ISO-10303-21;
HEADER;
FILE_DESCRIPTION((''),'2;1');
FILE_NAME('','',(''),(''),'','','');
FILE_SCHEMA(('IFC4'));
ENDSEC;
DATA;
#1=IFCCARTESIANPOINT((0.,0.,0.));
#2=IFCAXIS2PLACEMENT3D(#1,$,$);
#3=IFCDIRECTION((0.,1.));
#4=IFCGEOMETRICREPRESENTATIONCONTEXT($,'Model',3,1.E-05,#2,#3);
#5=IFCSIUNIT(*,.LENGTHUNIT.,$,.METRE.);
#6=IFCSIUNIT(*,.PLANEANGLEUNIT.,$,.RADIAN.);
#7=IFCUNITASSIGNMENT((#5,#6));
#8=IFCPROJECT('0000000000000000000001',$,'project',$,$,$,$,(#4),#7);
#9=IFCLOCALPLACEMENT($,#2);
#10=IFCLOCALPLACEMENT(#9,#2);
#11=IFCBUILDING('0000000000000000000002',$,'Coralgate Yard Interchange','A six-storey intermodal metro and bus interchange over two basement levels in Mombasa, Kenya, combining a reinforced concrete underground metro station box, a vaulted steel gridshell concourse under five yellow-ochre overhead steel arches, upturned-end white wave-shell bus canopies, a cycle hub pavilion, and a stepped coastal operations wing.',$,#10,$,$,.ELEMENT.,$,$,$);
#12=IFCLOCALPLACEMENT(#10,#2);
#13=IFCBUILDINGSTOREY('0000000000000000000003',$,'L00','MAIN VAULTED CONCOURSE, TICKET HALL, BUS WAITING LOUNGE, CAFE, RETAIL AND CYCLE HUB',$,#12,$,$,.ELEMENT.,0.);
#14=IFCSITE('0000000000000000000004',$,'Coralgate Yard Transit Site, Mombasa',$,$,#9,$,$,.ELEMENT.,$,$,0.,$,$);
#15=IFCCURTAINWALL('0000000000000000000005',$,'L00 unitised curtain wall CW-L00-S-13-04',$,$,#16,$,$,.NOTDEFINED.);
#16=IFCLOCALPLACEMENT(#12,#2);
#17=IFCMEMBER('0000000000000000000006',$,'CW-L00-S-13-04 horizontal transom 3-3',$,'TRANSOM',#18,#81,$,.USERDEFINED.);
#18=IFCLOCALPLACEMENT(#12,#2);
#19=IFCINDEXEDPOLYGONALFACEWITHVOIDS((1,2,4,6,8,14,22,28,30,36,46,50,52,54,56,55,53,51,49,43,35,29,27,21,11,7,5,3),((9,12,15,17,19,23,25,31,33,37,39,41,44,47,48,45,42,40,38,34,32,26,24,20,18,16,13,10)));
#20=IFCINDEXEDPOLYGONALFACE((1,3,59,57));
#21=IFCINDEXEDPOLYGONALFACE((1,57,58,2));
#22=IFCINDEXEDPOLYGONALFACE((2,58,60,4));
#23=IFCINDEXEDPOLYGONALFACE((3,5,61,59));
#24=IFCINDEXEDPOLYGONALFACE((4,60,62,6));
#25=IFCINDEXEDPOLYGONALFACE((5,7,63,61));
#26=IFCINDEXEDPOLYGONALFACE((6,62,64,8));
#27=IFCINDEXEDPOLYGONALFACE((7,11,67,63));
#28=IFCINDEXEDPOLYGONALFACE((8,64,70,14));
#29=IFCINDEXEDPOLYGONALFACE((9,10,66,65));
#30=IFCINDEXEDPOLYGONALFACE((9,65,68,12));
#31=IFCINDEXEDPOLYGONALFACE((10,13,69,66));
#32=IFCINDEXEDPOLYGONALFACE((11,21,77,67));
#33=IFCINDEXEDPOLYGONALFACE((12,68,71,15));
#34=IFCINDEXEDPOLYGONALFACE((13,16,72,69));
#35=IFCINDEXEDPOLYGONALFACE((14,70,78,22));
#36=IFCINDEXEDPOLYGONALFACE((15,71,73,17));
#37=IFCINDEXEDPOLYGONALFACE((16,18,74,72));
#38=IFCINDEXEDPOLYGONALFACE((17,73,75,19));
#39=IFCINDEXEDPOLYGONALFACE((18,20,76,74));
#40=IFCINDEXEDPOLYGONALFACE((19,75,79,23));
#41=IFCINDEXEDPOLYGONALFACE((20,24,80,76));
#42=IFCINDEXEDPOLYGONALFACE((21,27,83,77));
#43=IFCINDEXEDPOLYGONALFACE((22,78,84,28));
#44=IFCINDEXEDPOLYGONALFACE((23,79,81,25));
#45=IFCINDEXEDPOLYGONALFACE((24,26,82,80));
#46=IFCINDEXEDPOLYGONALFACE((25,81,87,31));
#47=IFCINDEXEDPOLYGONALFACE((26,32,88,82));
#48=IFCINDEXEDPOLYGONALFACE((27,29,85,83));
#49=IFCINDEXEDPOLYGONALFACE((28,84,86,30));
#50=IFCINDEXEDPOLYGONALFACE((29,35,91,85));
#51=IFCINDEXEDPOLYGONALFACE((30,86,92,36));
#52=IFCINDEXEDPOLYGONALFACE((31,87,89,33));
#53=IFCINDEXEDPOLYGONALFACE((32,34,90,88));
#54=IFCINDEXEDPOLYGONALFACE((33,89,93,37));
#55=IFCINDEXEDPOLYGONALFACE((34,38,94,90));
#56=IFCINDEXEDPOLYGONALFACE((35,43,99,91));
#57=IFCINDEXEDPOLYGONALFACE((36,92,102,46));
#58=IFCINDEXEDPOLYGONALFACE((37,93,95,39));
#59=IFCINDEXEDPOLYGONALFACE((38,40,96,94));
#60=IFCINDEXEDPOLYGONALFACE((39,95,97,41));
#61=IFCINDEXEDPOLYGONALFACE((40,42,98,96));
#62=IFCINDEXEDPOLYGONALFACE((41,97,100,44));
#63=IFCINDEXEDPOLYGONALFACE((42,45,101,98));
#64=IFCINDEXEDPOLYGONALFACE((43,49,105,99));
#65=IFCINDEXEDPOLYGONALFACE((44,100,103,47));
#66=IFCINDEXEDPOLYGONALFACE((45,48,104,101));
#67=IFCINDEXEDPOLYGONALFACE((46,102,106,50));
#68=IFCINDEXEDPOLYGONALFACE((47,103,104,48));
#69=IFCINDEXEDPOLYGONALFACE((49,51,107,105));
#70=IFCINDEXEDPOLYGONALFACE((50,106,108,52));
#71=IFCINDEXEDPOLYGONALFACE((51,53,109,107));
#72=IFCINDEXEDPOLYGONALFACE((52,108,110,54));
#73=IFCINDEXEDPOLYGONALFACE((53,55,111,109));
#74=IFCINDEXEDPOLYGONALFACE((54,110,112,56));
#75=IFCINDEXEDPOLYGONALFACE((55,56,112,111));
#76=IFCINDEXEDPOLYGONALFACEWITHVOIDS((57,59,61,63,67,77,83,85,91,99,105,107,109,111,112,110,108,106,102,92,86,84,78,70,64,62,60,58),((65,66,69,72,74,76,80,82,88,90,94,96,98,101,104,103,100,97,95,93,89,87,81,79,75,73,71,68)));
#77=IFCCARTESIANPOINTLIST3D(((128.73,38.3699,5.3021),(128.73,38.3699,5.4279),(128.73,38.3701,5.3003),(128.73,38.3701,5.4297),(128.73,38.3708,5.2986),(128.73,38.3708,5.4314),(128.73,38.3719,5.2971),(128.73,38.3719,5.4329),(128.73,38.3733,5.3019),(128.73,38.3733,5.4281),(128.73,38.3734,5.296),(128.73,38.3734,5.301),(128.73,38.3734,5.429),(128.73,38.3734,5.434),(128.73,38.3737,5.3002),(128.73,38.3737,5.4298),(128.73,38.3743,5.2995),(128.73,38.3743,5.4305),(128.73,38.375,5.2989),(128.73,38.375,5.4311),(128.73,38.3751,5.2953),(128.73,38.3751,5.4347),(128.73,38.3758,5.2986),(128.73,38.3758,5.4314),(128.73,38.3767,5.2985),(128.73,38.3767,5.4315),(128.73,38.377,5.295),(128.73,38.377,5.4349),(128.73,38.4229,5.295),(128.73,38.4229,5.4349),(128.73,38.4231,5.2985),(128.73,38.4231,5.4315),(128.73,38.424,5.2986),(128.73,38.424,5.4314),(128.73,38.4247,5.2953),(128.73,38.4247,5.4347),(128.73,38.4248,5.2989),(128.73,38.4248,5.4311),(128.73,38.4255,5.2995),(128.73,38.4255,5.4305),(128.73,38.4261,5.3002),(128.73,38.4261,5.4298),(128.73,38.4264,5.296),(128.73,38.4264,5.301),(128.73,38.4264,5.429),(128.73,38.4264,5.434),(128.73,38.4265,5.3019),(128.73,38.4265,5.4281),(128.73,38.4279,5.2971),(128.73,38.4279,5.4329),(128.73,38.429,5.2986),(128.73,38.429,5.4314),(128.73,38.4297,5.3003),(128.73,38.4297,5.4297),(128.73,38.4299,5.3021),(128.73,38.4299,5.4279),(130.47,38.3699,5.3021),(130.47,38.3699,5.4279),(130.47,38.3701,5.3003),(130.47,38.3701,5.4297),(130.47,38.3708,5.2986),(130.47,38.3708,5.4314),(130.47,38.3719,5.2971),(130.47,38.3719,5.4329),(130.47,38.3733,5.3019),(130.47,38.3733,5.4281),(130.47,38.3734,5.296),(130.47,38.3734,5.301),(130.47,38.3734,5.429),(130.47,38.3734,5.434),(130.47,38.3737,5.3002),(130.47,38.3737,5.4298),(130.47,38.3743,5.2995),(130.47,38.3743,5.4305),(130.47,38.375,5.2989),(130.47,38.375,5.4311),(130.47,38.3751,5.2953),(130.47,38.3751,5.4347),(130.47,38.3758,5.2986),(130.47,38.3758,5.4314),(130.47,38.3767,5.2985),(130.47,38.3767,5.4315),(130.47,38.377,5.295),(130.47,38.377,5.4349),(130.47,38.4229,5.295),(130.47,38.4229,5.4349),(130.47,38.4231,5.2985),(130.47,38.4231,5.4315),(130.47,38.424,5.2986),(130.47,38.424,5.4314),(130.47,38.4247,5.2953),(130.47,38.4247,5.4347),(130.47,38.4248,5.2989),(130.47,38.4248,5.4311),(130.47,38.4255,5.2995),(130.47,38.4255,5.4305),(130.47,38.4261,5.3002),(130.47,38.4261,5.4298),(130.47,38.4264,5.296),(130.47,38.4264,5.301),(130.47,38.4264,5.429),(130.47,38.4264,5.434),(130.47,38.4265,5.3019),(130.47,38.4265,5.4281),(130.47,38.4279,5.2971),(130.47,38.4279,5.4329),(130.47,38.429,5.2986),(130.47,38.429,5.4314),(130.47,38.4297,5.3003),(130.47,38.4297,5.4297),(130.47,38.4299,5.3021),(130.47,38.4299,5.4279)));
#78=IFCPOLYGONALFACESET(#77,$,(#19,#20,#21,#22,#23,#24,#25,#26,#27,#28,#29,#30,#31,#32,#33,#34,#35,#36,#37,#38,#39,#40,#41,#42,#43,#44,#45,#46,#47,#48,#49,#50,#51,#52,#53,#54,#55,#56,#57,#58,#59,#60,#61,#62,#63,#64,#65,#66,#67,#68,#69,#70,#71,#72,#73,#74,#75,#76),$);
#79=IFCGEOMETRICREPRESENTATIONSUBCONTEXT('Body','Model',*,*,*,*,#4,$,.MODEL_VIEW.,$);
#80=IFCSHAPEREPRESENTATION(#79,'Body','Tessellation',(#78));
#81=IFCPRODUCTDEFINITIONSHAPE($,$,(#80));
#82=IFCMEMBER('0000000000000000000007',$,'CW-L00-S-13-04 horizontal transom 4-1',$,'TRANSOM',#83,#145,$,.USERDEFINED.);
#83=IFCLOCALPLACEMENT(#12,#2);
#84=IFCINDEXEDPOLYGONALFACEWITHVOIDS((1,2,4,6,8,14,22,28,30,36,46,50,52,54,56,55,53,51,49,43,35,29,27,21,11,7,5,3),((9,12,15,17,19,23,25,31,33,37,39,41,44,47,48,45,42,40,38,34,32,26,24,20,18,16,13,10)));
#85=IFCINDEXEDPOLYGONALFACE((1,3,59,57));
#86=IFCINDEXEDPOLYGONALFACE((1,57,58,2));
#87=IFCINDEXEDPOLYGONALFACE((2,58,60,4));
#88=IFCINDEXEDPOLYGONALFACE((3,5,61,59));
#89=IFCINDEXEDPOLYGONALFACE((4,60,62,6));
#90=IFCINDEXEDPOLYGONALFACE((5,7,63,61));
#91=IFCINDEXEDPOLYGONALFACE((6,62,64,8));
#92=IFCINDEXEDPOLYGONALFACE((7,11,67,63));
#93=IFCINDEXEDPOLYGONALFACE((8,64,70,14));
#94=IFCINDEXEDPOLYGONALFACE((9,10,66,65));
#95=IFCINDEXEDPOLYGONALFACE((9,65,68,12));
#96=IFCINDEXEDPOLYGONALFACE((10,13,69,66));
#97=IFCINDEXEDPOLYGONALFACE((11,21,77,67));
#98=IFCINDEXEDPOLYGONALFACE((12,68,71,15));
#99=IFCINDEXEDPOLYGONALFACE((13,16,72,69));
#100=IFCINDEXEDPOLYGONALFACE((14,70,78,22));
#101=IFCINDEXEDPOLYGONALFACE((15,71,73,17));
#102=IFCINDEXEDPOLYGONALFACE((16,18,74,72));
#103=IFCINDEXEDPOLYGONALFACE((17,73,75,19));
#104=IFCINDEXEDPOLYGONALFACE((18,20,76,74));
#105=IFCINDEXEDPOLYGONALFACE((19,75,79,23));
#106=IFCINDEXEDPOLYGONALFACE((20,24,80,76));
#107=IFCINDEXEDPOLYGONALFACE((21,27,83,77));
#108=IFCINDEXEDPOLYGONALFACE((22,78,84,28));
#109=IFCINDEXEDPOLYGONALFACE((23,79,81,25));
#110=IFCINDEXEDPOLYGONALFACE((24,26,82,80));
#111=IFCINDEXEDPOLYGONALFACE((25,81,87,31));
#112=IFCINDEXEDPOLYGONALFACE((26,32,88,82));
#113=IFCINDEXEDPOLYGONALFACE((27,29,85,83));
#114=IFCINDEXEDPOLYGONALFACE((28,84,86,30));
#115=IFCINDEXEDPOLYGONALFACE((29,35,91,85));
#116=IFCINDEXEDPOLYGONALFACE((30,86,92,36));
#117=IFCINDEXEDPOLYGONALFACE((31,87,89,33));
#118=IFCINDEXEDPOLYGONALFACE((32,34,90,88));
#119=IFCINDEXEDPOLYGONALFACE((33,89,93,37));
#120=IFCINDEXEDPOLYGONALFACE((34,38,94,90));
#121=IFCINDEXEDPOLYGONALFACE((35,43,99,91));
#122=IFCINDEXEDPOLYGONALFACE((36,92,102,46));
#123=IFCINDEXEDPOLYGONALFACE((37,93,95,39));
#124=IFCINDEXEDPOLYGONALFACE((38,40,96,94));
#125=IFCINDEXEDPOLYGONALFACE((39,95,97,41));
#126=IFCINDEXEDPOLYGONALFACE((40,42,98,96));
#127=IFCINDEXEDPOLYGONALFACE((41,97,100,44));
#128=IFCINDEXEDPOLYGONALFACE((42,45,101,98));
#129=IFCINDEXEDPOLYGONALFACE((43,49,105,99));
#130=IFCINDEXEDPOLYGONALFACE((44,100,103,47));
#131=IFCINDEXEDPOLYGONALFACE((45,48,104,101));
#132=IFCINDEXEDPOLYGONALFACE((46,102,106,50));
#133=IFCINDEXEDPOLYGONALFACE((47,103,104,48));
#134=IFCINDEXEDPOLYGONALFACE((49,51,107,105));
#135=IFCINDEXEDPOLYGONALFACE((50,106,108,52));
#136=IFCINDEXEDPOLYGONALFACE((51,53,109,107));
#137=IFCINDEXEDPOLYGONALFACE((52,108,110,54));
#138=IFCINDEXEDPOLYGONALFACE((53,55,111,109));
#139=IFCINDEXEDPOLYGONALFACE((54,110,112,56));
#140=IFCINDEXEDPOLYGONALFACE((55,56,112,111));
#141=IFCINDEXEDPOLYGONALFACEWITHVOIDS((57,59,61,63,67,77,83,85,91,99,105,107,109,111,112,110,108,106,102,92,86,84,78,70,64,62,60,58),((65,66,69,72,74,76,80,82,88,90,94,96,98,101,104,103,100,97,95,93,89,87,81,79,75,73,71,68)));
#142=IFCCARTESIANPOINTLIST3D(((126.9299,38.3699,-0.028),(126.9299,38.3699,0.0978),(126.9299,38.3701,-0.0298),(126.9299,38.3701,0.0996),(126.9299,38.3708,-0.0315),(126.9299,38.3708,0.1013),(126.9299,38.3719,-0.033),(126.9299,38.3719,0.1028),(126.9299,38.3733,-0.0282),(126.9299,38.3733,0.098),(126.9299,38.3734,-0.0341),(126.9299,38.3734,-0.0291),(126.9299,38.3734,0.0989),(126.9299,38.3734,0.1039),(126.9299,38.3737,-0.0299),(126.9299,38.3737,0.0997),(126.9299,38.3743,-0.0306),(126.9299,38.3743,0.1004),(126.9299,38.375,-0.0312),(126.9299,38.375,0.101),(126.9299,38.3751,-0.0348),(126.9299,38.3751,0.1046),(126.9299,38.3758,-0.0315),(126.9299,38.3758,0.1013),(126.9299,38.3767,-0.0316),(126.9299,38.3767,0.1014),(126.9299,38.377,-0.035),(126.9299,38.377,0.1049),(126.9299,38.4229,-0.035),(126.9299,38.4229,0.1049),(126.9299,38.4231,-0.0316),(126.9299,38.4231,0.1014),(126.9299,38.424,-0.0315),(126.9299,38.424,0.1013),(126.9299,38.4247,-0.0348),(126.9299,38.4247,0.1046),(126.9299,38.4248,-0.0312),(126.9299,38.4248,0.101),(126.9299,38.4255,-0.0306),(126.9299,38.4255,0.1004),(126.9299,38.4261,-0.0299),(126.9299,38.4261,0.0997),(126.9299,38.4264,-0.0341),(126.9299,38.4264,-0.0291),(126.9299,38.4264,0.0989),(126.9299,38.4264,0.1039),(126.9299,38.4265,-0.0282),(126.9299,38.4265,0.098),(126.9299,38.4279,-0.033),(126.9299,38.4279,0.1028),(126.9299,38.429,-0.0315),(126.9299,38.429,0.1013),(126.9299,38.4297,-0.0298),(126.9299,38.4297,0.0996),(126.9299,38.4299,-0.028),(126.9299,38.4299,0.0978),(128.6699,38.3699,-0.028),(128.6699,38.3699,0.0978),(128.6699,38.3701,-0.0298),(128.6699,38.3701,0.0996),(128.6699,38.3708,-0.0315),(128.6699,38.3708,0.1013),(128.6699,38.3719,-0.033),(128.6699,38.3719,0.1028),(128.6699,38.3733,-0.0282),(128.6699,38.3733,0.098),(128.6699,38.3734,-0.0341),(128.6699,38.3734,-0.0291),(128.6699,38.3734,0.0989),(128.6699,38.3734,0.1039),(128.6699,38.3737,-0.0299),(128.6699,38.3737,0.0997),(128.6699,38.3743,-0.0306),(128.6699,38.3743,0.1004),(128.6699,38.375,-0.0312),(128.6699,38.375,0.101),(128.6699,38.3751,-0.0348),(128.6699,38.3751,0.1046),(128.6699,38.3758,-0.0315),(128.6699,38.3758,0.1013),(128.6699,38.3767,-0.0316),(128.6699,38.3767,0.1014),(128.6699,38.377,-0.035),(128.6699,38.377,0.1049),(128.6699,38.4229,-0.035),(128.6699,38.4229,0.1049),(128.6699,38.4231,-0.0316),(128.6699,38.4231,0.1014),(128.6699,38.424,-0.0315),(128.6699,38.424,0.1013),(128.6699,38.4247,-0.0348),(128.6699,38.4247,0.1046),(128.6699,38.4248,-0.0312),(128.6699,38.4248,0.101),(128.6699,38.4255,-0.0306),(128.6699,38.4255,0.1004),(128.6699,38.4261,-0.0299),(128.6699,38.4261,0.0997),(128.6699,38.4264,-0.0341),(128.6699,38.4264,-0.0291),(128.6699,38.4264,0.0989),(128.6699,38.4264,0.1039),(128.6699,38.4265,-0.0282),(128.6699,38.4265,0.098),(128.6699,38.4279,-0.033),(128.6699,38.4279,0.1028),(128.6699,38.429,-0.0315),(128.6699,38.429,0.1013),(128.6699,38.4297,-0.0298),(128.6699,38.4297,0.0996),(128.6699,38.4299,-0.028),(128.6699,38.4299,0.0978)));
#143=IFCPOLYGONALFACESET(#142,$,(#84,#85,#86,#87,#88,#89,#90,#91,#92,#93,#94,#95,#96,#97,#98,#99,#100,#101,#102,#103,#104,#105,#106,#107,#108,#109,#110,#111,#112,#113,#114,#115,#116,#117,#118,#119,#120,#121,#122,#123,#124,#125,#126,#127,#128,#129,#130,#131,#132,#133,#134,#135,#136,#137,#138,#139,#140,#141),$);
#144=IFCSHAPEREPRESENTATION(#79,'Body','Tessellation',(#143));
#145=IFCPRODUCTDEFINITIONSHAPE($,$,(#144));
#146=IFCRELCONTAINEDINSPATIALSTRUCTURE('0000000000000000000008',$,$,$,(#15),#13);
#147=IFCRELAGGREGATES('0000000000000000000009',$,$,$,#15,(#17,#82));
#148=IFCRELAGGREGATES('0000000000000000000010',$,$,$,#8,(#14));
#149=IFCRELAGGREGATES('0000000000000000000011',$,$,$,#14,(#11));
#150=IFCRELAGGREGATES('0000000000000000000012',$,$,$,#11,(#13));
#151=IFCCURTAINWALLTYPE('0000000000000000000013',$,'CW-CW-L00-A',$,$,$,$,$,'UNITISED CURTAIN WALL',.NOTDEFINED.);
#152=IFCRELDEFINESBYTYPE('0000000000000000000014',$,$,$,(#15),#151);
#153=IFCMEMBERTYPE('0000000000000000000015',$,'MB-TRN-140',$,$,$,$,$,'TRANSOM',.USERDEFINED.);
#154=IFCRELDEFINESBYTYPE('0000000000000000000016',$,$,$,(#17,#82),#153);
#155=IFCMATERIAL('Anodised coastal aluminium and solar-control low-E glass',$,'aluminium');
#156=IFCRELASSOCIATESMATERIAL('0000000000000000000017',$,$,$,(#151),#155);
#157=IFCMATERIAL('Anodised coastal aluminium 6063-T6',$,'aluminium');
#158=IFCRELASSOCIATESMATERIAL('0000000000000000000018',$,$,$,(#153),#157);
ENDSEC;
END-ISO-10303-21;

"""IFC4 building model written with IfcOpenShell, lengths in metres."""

from ifc_helpers import new_model, si_unit, direction, frame, origin, origin_2d, place, context, subcontext, project, spatial, hollow_rectangle, extrude, material, material_profile, profile_set, type_object, element, aggregate, save


model = new_model("IFC4")

# Units and contexts
model_context = context("Model", 3, precision=1e-05, world=origin(), true_north=direction((0.0, 1.0)))
body_context = subcontext(model_context, "Body", "Model", "MODEL_VIEW")
ifc_project = project(units=[si_unit("LENGTHUNIT", "METRE"), si_unit("PLANEANGLEUNIT", "RADIAN")], contexts=[model_context])

# Site, building, storey
site_placement = place(None, origin())
site = spatial("IfcSite", under=ifc_project, at=site_placement, Name="Coralgate Yard Transit Site, Mombasa", CompositionType="ELEMENT", RefElevation=0.0)
building_placement = place(site_placement, origin())
building = spatial("IfcBuilding", under=site, at=building_placement, Name="Coralgate Yard Interchange", Description="A six-storey intermodal metro and bus interchange over two basement levels in Mombasa, Kenya, combining a reinforced concrete underground metro station box, a vaulted steel gridshell concourse under five yellow-ochre overhead steel arches, upturned-end white wave-shell bus canopies, a cycle hub pavilion, and a stepped coastal operations wing.", CompositionType="ELEMENT")
storey_placement = place(building_placement, origin())
storey = spatial("IfcBuildingStorey", under=building, at=storey_placement, Name="L00", Description="MAIN VAULTED CONCOURSE, TICKET HALL, BUS WAITING LOUNGE, CAFE, RETAIL AND CYCLE HUB", CompositionType="ELEMENT", Elevation=0.0)

# Curtain wall, members
ifc_material_1 = material(Name="Anodised coastal aluminium and solar-control low-E glass", Category="aluminium")
curtain_wall_type = type_object("IfcCurtainWallType", Name="CW-CW-L00-A", ElementType="UNITISED CURTAIN WALL", PredefinedType="NOTDEFINED", material=ifc_material_1)
curtain_wall_placement = place(storey_placement, origin())
curtain_wall = element("IfcCurtainWall", 1, at=curtain_wall_placement, inside=storey, type_object=curtain_wall_type, Name="L00 unitised curtain wall CW-L00-S-13-04", PredefinedType="NOTDEFINED")
ifc_material_2 = material(Name="Anodised coastal aluminium 6063-T6", Category="aluminium")
ifc_material_profile_1 = material_profile(ifc_material_2, hollow_rectangle(XDim=0.0601, YDim=0.1399, WallThickness=0.0034, InnerFilletRadius=0.0034, OuterFilletRadius=0.0071, at=origin_2d()), Name="ALU 60x140x3.5")
ifc_profile_set_1 = profile_set([ifc_material_profile_1], Name="Anodised coastal aluminium 6063-T6")
member_type_1 = type_object("IfcMemberType", Name="MB-TRN-140", ElementType="TRANSOM", PredefinedType="USERDEFINED", material=ifc_profile_set_1)
member_1_placement = place(storey_placement, frame((130.47, 38.3999, 5.365), z_axis=(-1.0, 0.0, 0.0), x_axis=(0.0, -1.0, 0.0)))
member_1 = element("IfcMember", 2, at=member_1_placement, type_object=member_type_1, Name="CW-L00-S-13-04 horizontal transom 3-3", ObjectType="TRANSOM", PredefinedType="USERDEFINED", context=body_context, shape_type="SweptSolid", body=[
    extrude(hollow_rectangle(XDim=0.0601, YDim=0.1399, WallThickness=0.0034, InnerFilletRadius=0.0034, OuterFilletRadius=0.0071, at=origin_2d()), origin(), (0.0, 0.0, 1.0), 1.74),
])
member_2_placement = place(storey_placement, frame((128.6699, 38.3999, 0.0349), z_axis=(-1.0, 0.0, 0.0), x_axis=(0.0, -1.0, 0.0)))
member_2 = element("IfcMember", 3, at=member_2_placement, type_object=member_type_1, Name="CW-L00-S-13-04 horizontal transom 4-1", ObjectType="TRANSOM", PredefinedType="USERDEFINED", context=body_context, shape_type="SweptSolid", body=[
    extrude(hollow_rectangle(XDim=0.0601, YDim=0.1399, WallThickness=0.0034, InnerFilletRadius=0.0034, OuterFilletRadius=0.0071, at=origin_2d()), origin(), (0.0, 0.0, 1.0), 1.74),
])
aggregate(curtain_wall, [member_1, member_2])

save(model, "model.ifc")
